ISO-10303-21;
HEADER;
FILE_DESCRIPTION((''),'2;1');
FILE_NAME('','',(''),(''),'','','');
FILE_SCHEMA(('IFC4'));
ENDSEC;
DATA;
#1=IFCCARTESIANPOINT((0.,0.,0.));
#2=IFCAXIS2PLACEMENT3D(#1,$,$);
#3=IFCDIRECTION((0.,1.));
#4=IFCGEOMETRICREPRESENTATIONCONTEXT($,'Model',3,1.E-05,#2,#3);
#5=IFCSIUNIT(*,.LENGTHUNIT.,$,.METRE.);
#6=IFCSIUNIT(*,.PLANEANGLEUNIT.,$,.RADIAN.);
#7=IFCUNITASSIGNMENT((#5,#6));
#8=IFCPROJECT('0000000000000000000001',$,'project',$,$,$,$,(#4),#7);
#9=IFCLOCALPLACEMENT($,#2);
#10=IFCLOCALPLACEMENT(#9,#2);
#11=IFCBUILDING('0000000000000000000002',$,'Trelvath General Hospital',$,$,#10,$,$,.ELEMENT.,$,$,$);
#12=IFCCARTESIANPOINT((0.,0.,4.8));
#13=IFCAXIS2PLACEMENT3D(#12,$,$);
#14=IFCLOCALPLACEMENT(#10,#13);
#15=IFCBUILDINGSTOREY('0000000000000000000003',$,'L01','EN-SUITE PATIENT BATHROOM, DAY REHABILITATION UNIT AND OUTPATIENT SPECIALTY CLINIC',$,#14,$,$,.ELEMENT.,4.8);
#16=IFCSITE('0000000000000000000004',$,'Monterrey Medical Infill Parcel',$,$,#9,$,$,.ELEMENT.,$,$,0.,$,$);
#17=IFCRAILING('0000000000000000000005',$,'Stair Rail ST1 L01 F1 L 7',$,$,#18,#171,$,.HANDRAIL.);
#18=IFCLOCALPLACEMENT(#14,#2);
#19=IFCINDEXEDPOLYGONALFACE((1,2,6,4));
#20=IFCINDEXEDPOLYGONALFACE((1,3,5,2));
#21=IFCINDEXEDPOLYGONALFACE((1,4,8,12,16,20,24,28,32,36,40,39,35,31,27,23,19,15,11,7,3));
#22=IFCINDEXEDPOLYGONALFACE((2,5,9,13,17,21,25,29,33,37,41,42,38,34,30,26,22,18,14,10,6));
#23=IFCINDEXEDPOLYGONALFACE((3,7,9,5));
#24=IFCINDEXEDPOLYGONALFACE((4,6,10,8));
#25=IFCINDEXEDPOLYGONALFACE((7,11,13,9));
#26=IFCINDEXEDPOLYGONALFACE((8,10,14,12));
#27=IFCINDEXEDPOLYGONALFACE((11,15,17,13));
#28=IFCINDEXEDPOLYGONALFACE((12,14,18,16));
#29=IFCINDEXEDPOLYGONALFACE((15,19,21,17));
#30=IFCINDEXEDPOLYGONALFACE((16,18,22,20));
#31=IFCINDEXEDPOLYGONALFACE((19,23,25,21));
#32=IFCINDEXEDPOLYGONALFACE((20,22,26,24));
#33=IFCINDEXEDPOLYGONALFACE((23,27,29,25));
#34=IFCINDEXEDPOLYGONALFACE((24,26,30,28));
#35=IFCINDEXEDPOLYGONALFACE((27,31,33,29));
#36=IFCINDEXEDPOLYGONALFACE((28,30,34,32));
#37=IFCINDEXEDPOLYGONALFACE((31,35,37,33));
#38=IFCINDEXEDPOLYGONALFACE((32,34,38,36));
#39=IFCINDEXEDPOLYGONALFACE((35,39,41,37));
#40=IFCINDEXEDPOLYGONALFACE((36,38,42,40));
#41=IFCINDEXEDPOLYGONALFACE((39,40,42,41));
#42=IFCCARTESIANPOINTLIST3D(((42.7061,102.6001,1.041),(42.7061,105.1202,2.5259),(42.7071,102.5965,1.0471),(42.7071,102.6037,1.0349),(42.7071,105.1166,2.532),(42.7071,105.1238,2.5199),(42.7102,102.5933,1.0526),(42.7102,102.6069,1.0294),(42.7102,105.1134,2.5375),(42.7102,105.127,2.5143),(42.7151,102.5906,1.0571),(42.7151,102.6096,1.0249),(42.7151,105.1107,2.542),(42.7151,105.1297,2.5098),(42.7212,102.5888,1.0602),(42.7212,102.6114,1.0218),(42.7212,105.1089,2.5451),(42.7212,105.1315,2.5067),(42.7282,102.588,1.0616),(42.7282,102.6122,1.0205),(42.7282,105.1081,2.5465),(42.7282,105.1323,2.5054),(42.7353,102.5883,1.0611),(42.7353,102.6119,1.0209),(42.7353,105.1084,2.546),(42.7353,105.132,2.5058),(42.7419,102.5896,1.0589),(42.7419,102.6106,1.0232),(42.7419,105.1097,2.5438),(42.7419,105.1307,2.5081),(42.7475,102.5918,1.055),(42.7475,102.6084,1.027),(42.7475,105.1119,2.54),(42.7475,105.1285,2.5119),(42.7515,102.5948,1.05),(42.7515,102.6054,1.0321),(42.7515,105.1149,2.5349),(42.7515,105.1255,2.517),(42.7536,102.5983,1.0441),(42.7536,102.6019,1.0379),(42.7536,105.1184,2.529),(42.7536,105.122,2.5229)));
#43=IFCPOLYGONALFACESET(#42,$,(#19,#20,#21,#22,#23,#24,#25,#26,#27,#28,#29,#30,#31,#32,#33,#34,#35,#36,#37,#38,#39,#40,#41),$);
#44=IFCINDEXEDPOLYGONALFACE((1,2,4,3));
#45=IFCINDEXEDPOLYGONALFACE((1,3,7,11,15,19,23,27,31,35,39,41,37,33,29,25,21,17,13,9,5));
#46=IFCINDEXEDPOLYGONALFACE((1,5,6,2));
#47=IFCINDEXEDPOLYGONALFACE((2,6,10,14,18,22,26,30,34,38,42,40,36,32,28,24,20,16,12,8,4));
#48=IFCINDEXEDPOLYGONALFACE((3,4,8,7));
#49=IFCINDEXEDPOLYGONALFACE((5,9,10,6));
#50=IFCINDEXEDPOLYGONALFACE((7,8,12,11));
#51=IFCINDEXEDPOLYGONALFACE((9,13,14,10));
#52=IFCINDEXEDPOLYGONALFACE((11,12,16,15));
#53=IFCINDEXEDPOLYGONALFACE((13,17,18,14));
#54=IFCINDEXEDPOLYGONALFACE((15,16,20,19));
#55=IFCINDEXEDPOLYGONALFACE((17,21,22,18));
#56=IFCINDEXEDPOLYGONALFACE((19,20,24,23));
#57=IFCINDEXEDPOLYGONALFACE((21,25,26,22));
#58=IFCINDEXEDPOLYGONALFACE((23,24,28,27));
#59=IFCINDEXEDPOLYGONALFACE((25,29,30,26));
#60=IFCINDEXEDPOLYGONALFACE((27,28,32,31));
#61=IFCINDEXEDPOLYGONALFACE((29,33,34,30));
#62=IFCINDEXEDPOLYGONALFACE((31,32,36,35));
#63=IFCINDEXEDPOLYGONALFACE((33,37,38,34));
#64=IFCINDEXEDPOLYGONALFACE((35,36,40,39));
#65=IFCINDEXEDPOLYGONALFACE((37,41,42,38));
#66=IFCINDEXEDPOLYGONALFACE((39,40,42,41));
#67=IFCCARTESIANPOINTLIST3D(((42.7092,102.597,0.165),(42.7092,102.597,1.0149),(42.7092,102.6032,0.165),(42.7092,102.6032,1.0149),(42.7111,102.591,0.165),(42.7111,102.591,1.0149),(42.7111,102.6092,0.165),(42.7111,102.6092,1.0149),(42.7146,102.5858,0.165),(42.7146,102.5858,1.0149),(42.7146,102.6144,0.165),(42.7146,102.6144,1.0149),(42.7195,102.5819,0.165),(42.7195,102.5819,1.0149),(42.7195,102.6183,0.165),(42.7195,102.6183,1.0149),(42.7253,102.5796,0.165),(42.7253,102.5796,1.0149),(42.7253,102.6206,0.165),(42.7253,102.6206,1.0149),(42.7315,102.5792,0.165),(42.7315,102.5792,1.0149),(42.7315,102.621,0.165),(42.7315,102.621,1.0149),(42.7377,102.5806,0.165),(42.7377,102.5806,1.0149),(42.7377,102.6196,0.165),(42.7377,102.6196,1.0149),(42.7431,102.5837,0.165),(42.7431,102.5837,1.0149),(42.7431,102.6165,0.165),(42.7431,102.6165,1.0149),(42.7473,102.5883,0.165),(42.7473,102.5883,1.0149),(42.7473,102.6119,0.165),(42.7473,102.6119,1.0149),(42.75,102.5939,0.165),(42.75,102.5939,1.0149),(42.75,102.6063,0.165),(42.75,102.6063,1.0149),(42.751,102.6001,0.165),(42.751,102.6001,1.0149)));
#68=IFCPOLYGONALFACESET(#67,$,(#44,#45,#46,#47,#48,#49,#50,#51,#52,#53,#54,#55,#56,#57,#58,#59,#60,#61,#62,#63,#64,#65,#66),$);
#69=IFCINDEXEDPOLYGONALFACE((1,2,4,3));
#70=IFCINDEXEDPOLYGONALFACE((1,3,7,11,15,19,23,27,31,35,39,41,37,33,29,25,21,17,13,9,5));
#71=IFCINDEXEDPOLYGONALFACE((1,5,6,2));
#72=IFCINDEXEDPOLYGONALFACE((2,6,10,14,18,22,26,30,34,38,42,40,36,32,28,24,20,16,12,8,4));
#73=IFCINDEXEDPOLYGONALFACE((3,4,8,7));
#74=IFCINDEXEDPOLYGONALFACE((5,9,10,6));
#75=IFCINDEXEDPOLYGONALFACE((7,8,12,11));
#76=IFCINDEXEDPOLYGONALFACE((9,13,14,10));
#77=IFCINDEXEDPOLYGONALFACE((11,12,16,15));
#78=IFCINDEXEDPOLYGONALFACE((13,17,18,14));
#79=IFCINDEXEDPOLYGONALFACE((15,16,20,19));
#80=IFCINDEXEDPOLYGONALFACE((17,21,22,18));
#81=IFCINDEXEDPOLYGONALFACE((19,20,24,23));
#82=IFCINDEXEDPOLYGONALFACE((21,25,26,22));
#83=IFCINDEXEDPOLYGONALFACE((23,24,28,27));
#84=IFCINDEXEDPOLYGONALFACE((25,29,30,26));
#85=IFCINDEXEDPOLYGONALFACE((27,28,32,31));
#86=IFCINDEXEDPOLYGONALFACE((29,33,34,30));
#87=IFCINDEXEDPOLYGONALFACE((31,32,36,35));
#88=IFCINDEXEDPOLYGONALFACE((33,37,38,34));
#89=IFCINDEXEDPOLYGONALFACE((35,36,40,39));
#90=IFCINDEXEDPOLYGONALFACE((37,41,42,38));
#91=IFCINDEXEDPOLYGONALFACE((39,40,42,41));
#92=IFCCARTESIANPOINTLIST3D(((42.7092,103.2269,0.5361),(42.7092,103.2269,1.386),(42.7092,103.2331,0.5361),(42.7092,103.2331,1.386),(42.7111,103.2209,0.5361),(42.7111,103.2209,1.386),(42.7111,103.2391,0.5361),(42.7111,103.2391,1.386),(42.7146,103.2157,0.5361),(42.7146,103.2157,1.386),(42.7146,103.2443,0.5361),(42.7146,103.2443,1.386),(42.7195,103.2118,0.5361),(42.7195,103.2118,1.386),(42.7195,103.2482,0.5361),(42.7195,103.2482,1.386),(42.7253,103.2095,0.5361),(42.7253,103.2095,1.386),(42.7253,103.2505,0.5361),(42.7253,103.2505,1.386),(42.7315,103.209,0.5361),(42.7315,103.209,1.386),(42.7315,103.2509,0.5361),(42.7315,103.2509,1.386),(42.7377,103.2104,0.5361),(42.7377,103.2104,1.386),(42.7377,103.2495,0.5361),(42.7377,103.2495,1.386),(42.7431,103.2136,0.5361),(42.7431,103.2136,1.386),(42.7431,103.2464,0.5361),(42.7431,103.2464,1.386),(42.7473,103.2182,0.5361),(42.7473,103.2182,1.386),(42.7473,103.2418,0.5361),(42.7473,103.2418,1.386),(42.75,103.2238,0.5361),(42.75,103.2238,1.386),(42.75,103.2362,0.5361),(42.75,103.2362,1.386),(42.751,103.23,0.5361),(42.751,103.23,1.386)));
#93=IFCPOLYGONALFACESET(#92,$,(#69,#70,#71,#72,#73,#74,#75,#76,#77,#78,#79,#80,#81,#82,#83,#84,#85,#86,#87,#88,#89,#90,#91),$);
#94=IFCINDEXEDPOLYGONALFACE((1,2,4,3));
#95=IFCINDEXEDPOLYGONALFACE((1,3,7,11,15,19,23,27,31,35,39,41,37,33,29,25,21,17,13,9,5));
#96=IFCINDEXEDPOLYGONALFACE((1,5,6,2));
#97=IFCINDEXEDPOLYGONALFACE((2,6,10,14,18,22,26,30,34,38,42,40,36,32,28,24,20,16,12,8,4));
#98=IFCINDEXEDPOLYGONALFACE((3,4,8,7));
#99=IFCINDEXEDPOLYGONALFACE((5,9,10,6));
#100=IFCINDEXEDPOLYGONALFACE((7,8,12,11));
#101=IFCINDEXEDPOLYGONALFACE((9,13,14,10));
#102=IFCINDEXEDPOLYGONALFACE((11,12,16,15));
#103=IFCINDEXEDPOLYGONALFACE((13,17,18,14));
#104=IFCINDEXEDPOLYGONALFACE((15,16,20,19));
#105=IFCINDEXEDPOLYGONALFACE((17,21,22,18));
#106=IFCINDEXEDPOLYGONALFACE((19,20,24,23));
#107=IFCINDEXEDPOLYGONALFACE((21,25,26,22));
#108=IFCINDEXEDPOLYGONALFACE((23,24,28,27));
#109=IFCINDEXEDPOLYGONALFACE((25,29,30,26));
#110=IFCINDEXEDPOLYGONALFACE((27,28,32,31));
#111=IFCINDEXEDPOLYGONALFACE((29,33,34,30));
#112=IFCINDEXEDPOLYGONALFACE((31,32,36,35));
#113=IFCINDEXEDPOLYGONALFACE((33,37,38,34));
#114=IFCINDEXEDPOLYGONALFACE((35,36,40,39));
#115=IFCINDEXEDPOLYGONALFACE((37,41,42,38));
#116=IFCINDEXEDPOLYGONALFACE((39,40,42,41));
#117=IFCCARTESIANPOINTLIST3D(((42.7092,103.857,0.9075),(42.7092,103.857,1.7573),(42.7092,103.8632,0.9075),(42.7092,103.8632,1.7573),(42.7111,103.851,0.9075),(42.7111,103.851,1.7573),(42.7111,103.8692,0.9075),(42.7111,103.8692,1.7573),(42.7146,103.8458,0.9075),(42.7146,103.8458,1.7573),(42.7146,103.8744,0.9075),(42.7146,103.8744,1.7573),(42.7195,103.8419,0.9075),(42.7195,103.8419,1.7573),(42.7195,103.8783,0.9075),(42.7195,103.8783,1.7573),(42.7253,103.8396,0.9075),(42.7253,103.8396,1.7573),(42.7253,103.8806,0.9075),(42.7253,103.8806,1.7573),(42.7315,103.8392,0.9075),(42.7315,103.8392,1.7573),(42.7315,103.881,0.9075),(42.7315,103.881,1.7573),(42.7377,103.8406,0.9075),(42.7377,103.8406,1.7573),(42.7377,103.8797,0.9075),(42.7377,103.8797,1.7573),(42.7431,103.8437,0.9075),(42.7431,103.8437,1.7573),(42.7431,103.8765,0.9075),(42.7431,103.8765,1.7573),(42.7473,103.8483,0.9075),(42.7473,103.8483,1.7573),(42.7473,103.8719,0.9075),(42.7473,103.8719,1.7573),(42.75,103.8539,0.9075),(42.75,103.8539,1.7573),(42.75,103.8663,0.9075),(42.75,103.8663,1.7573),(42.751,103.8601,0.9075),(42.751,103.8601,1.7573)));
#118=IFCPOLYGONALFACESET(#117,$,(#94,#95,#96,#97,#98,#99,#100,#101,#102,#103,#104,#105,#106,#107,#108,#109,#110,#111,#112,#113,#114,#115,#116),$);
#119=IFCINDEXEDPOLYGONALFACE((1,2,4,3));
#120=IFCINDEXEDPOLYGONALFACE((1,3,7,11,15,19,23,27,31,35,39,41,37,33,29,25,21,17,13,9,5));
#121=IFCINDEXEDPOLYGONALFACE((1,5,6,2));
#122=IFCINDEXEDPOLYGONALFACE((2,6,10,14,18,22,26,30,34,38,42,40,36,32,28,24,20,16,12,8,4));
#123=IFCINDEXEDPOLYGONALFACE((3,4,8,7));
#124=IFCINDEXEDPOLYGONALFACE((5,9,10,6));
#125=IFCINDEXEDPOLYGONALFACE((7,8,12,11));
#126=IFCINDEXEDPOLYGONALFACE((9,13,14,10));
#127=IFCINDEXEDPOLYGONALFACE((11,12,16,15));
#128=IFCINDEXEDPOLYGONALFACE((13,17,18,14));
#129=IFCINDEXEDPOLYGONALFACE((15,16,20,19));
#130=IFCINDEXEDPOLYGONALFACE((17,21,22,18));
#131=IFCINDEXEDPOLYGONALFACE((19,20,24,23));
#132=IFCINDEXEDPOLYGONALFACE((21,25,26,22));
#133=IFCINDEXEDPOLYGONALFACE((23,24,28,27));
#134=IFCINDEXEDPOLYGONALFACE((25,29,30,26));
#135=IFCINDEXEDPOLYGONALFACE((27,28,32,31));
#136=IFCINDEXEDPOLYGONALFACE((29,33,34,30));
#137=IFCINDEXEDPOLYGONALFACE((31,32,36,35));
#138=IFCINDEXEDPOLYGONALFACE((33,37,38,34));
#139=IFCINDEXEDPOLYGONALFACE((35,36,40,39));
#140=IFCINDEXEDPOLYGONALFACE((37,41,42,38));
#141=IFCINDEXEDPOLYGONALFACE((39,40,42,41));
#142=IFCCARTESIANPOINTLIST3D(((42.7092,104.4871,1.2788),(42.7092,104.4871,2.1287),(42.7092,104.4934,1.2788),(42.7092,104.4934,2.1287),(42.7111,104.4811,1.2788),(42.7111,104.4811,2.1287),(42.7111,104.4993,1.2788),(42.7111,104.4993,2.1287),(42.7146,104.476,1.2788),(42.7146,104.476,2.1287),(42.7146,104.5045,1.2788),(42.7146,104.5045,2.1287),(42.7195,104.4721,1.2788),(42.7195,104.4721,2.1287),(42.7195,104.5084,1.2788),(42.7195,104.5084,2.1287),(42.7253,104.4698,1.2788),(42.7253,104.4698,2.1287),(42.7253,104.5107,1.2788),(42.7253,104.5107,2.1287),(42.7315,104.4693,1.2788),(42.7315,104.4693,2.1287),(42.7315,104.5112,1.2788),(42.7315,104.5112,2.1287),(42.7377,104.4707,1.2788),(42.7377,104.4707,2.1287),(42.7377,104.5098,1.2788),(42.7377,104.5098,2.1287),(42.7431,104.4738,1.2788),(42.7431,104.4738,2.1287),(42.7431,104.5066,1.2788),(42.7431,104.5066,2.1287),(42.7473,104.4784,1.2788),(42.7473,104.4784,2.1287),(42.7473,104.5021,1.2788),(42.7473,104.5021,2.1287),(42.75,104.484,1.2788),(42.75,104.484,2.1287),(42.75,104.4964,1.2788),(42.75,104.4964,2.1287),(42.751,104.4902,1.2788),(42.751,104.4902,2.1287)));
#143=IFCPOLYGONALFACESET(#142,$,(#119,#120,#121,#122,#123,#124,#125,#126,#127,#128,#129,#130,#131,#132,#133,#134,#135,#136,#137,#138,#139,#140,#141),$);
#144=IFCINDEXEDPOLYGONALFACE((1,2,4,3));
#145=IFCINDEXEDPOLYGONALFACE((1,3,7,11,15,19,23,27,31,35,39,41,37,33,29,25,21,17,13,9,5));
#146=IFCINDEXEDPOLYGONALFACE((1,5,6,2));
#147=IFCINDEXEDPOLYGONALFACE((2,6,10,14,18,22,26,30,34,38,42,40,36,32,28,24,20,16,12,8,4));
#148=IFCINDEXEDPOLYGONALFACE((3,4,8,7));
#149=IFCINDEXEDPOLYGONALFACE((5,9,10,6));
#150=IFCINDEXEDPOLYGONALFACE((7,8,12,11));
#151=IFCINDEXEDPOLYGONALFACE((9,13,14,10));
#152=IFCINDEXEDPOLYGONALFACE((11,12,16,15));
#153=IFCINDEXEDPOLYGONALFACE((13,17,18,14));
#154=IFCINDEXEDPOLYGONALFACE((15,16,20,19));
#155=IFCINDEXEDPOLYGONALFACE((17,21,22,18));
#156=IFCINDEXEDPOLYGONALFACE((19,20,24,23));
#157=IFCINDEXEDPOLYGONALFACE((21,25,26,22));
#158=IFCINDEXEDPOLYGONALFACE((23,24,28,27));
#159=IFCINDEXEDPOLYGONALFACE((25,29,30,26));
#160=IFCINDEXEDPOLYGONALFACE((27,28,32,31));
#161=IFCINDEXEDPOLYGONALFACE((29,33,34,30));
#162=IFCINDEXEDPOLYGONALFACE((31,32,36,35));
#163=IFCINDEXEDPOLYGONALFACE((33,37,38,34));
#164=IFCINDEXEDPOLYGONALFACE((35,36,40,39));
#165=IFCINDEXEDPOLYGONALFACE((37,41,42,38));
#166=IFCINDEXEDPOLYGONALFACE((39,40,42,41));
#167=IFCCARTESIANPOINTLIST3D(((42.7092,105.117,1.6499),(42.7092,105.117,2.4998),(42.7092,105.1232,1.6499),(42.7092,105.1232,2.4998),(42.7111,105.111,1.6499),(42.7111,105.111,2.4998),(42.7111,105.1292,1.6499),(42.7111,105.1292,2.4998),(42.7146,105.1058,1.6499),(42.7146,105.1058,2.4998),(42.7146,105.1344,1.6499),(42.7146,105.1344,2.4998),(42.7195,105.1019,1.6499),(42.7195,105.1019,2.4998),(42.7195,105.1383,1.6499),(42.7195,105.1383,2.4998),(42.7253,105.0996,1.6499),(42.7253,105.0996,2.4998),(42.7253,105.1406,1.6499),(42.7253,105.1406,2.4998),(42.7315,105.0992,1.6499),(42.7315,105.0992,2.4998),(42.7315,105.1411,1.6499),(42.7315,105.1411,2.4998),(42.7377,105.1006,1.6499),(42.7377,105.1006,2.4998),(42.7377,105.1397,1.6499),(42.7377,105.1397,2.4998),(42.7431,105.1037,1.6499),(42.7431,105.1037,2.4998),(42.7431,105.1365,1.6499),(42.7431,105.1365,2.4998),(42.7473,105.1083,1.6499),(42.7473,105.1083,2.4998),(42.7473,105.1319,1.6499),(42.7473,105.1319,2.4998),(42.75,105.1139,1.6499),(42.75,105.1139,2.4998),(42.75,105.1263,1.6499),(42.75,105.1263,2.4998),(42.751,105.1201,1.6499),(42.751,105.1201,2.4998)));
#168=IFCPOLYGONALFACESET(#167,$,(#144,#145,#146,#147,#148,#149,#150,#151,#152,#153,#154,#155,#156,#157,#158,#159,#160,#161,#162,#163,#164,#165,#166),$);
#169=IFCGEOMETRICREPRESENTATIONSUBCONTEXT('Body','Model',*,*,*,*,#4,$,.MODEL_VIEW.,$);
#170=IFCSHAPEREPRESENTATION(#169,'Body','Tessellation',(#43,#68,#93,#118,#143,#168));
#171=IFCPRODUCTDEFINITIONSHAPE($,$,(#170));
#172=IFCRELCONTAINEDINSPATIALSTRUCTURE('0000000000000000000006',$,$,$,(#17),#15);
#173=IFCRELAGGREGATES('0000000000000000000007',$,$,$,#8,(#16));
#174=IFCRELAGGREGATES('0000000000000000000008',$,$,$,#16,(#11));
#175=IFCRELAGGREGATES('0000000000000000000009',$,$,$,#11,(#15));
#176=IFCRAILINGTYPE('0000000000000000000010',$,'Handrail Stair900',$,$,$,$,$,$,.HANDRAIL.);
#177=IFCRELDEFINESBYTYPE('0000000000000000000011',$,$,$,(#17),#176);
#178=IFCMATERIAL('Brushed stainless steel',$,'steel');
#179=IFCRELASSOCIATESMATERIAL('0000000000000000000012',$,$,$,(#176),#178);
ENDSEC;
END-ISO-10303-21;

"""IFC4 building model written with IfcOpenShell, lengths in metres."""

from ifc_helpers import new_model, si_unit, direction, frame, origin, origin_2d, place, context, subcontext, project, spatial, circle, extrude, material, type_object, element, save


model = new_model("IFC4")

# Units and contexts
model_context = context("Model", 3, precision=1e-05, world=origin(), true_north=direction((0.0, 1.0)))
body_context = subcontext(model_context, "Body", "Model", "MODEL_VIEW")
ifc_project = project(units=[si_unit("LENGTHUNIT", "METRE"), si_unit("PLANEANGLEUNIT", "RADIAN")], contexts=[model_context])

# Site, building, storey
site_placement = place(None, origin())
site = spatial("IfcSite", under=ifc_project, at=site_placement, Name="Monterrey Medical Infill Parcel", CompositionType="ELEMENT", RefElevation=0.0)
building_placement = place(site_placement, origin())
building = spatial("IfcBuilding", under=site, at=building_placement, Name="Trelvath General Hospital", CompositionType="ELEMENT")
storey_placement = place(building_placement, frame((0.0, 0.0, 4.8)))
storey = spatial("IfcBuildingStorey", under=building, at=storey_placement, Name="L01", Description="EN-SUITE PATIENT BATHROOM, DAY REHABILITATION UNIT AND OUTPATIENT SPECIALTY CLINIC", CompositionType="ELEMENT", Elevation=4.8)

# Railing
ifc_material_1 = material(Name="Brushed stainless steel", Category="steel")
railing_type_1 = type_object("IfcRailingType", Name="Handrail Stair900", PredefinedType="HANDRAIL", material=ifc_material_1)
railing_1_placement = place(storey_placement, frame((42.73, 102.6001, 0.165)))
element("IfcRailing", 1, at=railing_1_placement, inside=storey, type_object=railing_type_1, Name="Stair Rail ST1 L01 F1 L 7", PredefinedType="HANDRAIL", context=body_context, shape_type="SweptSolid", body=[
    extrude(circle(Radius=0.0239, at=origin_2d()), frame((0.0, 0.0, 0.876), z_axis=(0.0, 0.861561, 0.507655), x_axis=(-1.0, 0.0, 0.0)), (0.0, 0.0, 1.0), 2.925),
    extrude(circle(Radius=0.021, at=origin_2d()), origin(), (0.0, 0.0, 1.0), 0.8499),
    extrude(circle(Radius=0.021, at=origin_2d()), frame((0.0, 0.6299, 0.3711)), (0.0, 0.0, 1.0), 0.8499),
    extrude(circle(Radius=0.021, at=origin_2d()), frame((0.0, 1.26, 0.7424)), (0.0, 0.0, 1.0), 0.8499),
    extrude(circle(Radius=0.021, at=origin_2d()), frame((0.0, 1.8901, 1.1138)), (0.0, 0.0, 1.0), 0.8499),
    extrude(circle(Radius=0.021, at=origin_2d()), frame((0.0, 2.52, 1.4849)), (0.0, 0.0, 1.0), 0.8499),
])

save(model, "model.ifc")
